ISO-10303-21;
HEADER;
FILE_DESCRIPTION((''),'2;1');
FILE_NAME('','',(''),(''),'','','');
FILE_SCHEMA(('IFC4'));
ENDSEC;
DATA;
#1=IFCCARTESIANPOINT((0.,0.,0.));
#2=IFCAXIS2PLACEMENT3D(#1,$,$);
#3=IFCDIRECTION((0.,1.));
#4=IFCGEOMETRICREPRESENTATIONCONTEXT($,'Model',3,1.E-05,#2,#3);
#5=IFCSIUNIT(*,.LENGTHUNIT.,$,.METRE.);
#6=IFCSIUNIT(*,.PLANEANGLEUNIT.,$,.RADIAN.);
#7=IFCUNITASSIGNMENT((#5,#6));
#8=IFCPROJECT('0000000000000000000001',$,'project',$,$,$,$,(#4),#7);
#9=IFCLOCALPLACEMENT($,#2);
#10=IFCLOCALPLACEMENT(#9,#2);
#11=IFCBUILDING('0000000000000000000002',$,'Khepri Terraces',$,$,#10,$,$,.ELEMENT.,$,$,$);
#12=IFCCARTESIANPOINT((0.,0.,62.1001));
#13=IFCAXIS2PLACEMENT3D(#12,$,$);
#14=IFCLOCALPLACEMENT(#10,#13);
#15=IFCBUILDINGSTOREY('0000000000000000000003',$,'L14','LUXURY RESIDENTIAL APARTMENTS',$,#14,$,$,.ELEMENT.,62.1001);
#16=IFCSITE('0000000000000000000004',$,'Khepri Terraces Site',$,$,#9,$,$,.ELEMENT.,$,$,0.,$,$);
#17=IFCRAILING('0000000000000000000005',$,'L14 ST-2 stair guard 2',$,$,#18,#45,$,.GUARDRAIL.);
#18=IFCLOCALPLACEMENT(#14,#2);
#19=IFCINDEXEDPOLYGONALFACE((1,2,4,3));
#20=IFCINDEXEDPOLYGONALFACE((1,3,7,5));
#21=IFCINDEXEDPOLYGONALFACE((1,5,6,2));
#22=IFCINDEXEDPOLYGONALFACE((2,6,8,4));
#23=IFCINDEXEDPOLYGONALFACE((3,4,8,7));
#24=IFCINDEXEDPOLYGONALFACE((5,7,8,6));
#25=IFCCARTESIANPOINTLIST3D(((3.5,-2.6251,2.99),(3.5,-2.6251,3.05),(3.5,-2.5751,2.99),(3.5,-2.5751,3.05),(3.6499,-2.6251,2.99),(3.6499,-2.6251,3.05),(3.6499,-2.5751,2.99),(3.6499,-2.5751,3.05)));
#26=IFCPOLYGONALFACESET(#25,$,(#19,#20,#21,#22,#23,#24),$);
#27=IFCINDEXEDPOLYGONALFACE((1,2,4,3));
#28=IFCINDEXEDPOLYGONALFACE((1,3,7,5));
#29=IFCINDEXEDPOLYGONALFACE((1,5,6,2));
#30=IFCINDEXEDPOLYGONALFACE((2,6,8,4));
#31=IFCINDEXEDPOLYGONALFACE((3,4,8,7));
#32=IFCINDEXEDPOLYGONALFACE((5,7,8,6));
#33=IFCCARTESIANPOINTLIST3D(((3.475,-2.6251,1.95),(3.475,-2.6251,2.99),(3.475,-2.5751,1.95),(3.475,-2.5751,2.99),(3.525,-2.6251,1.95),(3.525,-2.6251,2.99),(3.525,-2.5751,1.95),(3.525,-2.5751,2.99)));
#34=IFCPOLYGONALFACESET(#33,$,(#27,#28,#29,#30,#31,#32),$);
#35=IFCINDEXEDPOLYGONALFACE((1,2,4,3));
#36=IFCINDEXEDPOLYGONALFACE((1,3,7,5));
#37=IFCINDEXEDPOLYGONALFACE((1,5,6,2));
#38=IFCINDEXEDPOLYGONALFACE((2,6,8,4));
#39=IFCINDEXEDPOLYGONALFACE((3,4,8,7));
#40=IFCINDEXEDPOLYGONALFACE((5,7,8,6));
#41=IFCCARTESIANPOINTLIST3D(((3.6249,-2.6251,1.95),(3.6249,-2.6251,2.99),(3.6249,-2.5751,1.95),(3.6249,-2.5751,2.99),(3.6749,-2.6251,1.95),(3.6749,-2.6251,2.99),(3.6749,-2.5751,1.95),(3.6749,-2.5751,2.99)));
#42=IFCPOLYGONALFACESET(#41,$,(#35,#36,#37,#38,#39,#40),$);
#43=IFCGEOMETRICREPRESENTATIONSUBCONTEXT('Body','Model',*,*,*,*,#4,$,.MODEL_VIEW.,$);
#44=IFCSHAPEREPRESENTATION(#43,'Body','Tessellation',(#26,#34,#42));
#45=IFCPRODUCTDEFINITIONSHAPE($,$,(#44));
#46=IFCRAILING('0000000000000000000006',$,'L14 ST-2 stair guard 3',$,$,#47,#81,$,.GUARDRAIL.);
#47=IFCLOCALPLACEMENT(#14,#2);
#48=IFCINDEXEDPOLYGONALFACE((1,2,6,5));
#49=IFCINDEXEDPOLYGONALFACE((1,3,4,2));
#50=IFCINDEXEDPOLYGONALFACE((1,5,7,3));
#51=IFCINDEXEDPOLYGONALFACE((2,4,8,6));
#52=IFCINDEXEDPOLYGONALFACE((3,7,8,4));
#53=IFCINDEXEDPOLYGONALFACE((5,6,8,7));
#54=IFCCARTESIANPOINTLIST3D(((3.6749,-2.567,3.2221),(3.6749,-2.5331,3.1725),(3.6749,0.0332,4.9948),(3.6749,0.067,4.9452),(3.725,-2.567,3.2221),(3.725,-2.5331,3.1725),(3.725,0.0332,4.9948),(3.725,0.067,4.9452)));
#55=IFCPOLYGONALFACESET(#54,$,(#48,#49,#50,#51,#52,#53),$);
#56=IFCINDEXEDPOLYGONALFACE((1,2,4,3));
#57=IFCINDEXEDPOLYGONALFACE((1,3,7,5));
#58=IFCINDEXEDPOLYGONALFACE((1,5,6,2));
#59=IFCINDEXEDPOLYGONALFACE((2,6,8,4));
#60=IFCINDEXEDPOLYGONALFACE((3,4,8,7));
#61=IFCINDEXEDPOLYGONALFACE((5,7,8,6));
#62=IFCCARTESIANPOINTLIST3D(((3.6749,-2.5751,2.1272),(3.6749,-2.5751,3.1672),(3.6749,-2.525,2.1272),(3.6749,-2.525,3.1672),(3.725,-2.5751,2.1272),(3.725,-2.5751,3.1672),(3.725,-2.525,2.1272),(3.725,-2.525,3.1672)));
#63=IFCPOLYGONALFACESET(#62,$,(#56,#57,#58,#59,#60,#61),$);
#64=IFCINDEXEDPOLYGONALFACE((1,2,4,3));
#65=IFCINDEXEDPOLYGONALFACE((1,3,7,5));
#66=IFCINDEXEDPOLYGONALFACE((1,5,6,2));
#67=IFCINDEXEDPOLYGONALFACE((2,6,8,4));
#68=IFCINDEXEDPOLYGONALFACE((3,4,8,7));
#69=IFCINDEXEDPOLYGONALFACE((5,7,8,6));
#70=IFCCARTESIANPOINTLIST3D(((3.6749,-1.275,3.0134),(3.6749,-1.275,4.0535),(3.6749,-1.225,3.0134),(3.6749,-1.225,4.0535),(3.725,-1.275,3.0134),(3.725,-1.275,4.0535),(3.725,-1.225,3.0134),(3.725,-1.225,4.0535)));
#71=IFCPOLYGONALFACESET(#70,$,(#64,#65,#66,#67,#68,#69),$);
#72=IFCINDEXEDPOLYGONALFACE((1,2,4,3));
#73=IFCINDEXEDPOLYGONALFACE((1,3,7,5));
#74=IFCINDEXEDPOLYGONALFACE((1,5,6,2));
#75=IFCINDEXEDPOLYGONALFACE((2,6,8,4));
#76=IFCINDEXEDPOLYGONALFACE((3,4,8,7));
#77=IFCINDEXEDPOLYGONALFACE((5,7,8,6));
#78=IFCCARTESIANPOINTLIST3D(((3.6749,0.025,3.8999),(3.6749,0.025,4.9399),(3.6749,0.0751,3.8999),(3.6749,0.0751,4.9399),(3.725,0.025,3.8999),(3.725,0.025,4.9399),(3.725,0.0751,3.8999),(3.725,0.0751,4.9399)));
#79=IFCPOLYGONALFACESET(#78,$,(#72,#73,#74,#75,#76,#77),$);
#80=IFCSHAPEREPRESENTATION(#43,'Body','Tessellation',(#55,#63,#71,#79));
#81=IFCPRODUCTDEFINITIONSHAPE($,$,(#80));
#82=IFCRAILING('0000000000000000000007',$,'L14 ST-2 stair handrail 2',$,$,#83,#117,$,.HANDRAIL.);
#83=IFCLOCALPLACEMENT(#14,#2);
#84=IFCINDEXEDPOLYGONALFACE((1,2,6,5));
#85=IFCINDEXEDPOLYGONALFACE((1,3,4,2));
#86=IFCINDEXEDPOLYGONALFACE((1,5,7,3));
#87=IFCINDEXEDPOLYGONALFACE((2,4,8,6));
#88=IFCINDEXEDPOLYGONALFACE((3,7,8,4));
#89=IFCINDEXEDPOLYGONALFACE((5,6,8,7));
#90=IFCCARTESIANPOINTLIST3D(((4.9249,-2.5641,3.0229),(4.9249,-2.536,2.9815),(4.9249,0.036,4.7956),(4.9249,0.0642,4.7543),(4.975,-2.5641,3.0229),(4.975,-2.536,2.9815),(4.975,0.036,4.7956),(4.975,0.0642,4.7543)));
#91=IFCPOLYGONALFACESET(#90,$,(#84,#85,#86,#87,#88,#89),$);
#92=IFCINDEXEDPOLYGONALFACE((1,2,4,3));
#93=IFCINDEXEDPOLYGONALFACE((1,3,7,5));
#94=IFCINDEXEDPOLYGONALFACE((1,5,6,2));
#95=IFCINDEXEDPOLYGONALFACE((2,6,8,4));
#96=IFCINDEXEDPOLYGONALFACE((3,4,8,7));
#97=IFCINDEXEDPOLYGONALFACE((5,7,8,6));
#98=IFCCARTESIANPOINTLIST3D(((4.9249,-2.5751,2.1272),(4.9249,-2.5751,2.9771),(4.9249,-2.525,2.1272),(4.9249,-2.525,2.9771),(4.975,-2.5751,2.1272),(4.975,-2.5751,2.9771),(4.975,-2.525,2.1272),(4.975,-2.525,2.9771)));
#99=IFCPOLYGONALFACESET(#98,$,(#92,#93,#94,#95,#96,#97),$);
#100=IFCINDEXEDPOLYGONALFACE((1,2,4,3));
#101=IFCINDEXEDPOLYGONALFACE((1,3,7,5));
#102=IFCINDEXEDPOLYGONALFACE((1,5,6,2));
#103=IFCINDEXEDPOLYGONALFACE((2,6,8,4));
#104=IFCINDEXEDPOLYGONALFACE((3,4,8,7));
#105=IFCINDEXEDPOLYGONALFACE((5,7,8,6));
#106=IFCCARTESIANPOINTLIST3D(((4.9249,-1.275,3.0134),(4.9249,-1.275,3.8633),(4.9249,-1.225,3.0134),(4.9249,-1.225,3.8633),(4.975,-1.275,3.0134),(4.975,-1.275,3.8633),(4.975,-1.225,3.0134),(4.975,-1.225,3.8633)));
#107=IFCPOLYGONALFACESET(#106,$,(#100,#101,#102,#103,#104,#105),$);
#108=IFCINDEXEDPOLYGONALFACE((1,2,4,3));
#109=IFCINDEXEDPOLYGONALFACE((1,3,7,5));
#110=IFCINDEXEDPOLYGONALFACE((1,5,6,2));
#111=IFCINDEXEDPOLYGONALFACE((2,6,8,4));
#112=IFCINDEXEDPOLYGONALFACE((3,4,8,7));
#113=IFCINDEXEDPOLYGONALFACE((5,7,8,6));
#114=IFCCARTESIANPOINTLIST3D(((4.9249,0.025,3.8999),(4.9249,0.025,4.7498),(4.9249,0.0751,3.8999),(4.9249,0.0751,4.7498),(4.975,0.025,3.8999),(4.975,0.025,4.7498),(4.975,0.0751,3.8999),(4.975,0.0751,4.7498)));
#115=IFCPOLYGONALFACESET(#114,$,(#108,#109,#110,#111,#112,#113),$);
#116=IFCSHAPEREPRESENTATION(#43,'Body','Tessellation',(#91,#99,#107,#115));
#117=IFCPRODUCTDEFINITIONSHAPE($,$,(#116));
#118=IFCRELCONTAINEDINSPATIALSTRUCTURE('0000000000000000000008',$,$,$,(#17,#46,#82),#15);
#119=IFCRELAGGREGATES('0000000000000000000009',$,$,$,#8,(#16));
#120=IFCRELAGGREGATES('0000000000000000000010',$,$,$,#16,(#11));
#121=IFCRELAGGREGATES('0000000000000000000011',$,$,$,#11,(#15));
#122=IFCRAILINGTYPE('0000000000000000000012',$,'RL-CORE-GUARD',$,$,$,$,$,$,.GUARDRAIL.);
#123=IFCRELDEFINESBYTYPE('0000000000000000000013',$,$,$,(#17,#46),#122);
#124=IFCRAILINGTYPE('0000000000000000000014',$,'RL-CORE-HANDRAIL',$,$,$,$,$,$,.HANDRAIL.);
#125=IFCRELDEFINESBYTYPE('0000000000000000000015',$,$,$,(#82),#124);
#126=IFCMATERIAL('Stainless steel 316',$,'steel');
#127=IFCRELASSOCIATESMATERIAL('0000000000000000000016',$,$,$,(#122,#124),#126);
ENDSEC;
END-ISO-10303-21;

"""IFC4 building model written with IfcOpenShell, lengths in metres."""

from ifc_helpers import new_model, si_unit, direction, frame, origin, origin_2d, place, context, subcontext, project, spatial, rectangle, extrude, material, type_object, element, save


model = new_model("IFC4")

# Units and contexts
model_context = context("Model", 3, precision=1e-05, world=origin(), true_north=direction((0.0, 1.0)))
body_context = subcontext(model_context, "Body", "Model", "MODEL_VIEW")
ifc_project = project(units=[si_unit("LENGTHUNIT", "METRE"), si_unit("PLANEANGLEUNIT", "RADIAN")], contexts=[model_context])

# Site, building, storey
site_placement = place(None, origin())
site = spatial("IfcSite", under=ifc_project, at=site_placement, Name="Khepri Terraces Site", CompositionType="ELEMENT", RefElevation=0.0)
building_placement = place(site_placement, origin())
building = spatial("IfcBuilding", under=site, at=building_placement, Name="Khepri Terraces", CompositionType="ELEMENT")
storey_placement = place(building_placement, frame((0.0, 0.0, 62.1001)))
storey = spatial("IfcBuildingStorey", under=building, at=storey_placement, Name="L14", Description="LUXURY RESIDENTIAL APARTMENTS", CompositionType="ELEMENT", Elevation=62.1001)

# Railings
ifc_material_1 = material(Name="Stainless steel 316", Category="steel")
railing_type_1 = type_object("IfcRailingType", Name="RL-CORE-GUARD", PredefinedType="GUARDRAIL", material=ifc_material_1)
railing_1_placement = place(storey_placement, frame((3.5, -2.6001, 1.95)))
element("IfcRailing", 1, at=railing_1_placement, inside=storey, type_object=railing_type_1, Name="L14 ST-2 stair guard 2", PredefinedType="GUARDRAIL", context=body_context, shape_type="SweptSolid", body=[
    extrude(rectangle(XDim=0.05, YDim=0.0601, at=origin_2d()), frame((0.0, 0.0, 1.0701), z_axis=(1.0, 0.0, 0.0), x_axis=(0.0, 1.0, 0.0)), (0.0, 0.0, 1.0), 0.1499),
    extrude(rectangle(XDim=0.05, YDim=0.05, at=origin_2d()), origin(), (0.0, 0.0, 1.0), 1.04),
    extrude(rectangle(XDim=0.05, YDim=0.05, at=origin_2d()), frame((0.1499, 0.0, 0.0)), (0.0, 0.0, 1.0), 1.04),
])
railing_2_placement = place(storey_placement, frame((3.7, -2.55, 2.1272)))
element("IfcRailing", 2, at=railing_2_placement, inside=storey, type_object=railing_type_1, Name="L14 ST-2 stair guard 3", PredefinedType="GUARDRAIL", context=body_context, shape_type="SweptSolid", body=[
    extrude(rectangle(XDim=0.05, YDim=0.0601, at=origin_2d()), frame((0.0, 0.0, 1.0701), z_axis=(0.0, 0.82624, 0.563318), x_axis=(-1.0, 0.0, 0.0)), (0.0, 0.0, 1.0), 3.147),
    extrude(rectangle(XDim=0.05, YDim=0.05, at=origin_2d()), origin(), (0.0, 0.0, 1.0), 1.04),
    extrude(rectangle(XDim=0.05, YDim=0.05, at=origin_2d()), frame((0.0, 1.3, 0.8862)), (0.0, 0.0, 1.0), 1.04),
    extrude(rectangle(XDim=0.05, YDim=0.05, at=origin_2d()), frame((0.0, 2.6001, 1.7727)), (0.0, 0.0, 1.0), 1.04),
])
railing_type_2 = type_object("IfcRailingType", Name="RL-CORE-HANDRAIL", PredefinedType="HANDRAIL", material=ifc_material_1)
railing_3_placement = place(storey_placement, frame((4.95, -2.55, 2.1272)))
element("IfcRailing", 3, at=railing_3_placement, inside=storey, type_object=railing_type_2, Name="L14 ST-2 stair handrail 2", PredefinedType="HANDRAIL", context=body_context, shape_type="SweptSolid", body=[
    extrude(rectangle(XDim=0.05, YDim=0.05, at=origin_2d()), frame((0.0, 0.0, 0.875), z_axis=(0.0, 0.82624, 0.563318), x_axis=(-1.0, 0.0, 0.0)), (0.0, 0.0, 1.0), 3.147),
    extrude(rectangle(XDim=0.05, YDim=0.05, at=origin_2d()), origin(), (0.0, 0.0, 1.0), 0.8499),
    extrude(rectangle(XDim=0.05, YDim=0.05, at=origin_2d()), frame((0.0, 1.3, 0.8862)), (0.0, 0.0, 1.0), 0.8499),
    extrude(rectangle(XDim=0.05, YDim=0.05, at=origin_2d()), frame((0.0, 2.6001, 1.7727)), (0.0, 0.0, 1.0), 0.8499),
])

save(model, "model.ifc")
